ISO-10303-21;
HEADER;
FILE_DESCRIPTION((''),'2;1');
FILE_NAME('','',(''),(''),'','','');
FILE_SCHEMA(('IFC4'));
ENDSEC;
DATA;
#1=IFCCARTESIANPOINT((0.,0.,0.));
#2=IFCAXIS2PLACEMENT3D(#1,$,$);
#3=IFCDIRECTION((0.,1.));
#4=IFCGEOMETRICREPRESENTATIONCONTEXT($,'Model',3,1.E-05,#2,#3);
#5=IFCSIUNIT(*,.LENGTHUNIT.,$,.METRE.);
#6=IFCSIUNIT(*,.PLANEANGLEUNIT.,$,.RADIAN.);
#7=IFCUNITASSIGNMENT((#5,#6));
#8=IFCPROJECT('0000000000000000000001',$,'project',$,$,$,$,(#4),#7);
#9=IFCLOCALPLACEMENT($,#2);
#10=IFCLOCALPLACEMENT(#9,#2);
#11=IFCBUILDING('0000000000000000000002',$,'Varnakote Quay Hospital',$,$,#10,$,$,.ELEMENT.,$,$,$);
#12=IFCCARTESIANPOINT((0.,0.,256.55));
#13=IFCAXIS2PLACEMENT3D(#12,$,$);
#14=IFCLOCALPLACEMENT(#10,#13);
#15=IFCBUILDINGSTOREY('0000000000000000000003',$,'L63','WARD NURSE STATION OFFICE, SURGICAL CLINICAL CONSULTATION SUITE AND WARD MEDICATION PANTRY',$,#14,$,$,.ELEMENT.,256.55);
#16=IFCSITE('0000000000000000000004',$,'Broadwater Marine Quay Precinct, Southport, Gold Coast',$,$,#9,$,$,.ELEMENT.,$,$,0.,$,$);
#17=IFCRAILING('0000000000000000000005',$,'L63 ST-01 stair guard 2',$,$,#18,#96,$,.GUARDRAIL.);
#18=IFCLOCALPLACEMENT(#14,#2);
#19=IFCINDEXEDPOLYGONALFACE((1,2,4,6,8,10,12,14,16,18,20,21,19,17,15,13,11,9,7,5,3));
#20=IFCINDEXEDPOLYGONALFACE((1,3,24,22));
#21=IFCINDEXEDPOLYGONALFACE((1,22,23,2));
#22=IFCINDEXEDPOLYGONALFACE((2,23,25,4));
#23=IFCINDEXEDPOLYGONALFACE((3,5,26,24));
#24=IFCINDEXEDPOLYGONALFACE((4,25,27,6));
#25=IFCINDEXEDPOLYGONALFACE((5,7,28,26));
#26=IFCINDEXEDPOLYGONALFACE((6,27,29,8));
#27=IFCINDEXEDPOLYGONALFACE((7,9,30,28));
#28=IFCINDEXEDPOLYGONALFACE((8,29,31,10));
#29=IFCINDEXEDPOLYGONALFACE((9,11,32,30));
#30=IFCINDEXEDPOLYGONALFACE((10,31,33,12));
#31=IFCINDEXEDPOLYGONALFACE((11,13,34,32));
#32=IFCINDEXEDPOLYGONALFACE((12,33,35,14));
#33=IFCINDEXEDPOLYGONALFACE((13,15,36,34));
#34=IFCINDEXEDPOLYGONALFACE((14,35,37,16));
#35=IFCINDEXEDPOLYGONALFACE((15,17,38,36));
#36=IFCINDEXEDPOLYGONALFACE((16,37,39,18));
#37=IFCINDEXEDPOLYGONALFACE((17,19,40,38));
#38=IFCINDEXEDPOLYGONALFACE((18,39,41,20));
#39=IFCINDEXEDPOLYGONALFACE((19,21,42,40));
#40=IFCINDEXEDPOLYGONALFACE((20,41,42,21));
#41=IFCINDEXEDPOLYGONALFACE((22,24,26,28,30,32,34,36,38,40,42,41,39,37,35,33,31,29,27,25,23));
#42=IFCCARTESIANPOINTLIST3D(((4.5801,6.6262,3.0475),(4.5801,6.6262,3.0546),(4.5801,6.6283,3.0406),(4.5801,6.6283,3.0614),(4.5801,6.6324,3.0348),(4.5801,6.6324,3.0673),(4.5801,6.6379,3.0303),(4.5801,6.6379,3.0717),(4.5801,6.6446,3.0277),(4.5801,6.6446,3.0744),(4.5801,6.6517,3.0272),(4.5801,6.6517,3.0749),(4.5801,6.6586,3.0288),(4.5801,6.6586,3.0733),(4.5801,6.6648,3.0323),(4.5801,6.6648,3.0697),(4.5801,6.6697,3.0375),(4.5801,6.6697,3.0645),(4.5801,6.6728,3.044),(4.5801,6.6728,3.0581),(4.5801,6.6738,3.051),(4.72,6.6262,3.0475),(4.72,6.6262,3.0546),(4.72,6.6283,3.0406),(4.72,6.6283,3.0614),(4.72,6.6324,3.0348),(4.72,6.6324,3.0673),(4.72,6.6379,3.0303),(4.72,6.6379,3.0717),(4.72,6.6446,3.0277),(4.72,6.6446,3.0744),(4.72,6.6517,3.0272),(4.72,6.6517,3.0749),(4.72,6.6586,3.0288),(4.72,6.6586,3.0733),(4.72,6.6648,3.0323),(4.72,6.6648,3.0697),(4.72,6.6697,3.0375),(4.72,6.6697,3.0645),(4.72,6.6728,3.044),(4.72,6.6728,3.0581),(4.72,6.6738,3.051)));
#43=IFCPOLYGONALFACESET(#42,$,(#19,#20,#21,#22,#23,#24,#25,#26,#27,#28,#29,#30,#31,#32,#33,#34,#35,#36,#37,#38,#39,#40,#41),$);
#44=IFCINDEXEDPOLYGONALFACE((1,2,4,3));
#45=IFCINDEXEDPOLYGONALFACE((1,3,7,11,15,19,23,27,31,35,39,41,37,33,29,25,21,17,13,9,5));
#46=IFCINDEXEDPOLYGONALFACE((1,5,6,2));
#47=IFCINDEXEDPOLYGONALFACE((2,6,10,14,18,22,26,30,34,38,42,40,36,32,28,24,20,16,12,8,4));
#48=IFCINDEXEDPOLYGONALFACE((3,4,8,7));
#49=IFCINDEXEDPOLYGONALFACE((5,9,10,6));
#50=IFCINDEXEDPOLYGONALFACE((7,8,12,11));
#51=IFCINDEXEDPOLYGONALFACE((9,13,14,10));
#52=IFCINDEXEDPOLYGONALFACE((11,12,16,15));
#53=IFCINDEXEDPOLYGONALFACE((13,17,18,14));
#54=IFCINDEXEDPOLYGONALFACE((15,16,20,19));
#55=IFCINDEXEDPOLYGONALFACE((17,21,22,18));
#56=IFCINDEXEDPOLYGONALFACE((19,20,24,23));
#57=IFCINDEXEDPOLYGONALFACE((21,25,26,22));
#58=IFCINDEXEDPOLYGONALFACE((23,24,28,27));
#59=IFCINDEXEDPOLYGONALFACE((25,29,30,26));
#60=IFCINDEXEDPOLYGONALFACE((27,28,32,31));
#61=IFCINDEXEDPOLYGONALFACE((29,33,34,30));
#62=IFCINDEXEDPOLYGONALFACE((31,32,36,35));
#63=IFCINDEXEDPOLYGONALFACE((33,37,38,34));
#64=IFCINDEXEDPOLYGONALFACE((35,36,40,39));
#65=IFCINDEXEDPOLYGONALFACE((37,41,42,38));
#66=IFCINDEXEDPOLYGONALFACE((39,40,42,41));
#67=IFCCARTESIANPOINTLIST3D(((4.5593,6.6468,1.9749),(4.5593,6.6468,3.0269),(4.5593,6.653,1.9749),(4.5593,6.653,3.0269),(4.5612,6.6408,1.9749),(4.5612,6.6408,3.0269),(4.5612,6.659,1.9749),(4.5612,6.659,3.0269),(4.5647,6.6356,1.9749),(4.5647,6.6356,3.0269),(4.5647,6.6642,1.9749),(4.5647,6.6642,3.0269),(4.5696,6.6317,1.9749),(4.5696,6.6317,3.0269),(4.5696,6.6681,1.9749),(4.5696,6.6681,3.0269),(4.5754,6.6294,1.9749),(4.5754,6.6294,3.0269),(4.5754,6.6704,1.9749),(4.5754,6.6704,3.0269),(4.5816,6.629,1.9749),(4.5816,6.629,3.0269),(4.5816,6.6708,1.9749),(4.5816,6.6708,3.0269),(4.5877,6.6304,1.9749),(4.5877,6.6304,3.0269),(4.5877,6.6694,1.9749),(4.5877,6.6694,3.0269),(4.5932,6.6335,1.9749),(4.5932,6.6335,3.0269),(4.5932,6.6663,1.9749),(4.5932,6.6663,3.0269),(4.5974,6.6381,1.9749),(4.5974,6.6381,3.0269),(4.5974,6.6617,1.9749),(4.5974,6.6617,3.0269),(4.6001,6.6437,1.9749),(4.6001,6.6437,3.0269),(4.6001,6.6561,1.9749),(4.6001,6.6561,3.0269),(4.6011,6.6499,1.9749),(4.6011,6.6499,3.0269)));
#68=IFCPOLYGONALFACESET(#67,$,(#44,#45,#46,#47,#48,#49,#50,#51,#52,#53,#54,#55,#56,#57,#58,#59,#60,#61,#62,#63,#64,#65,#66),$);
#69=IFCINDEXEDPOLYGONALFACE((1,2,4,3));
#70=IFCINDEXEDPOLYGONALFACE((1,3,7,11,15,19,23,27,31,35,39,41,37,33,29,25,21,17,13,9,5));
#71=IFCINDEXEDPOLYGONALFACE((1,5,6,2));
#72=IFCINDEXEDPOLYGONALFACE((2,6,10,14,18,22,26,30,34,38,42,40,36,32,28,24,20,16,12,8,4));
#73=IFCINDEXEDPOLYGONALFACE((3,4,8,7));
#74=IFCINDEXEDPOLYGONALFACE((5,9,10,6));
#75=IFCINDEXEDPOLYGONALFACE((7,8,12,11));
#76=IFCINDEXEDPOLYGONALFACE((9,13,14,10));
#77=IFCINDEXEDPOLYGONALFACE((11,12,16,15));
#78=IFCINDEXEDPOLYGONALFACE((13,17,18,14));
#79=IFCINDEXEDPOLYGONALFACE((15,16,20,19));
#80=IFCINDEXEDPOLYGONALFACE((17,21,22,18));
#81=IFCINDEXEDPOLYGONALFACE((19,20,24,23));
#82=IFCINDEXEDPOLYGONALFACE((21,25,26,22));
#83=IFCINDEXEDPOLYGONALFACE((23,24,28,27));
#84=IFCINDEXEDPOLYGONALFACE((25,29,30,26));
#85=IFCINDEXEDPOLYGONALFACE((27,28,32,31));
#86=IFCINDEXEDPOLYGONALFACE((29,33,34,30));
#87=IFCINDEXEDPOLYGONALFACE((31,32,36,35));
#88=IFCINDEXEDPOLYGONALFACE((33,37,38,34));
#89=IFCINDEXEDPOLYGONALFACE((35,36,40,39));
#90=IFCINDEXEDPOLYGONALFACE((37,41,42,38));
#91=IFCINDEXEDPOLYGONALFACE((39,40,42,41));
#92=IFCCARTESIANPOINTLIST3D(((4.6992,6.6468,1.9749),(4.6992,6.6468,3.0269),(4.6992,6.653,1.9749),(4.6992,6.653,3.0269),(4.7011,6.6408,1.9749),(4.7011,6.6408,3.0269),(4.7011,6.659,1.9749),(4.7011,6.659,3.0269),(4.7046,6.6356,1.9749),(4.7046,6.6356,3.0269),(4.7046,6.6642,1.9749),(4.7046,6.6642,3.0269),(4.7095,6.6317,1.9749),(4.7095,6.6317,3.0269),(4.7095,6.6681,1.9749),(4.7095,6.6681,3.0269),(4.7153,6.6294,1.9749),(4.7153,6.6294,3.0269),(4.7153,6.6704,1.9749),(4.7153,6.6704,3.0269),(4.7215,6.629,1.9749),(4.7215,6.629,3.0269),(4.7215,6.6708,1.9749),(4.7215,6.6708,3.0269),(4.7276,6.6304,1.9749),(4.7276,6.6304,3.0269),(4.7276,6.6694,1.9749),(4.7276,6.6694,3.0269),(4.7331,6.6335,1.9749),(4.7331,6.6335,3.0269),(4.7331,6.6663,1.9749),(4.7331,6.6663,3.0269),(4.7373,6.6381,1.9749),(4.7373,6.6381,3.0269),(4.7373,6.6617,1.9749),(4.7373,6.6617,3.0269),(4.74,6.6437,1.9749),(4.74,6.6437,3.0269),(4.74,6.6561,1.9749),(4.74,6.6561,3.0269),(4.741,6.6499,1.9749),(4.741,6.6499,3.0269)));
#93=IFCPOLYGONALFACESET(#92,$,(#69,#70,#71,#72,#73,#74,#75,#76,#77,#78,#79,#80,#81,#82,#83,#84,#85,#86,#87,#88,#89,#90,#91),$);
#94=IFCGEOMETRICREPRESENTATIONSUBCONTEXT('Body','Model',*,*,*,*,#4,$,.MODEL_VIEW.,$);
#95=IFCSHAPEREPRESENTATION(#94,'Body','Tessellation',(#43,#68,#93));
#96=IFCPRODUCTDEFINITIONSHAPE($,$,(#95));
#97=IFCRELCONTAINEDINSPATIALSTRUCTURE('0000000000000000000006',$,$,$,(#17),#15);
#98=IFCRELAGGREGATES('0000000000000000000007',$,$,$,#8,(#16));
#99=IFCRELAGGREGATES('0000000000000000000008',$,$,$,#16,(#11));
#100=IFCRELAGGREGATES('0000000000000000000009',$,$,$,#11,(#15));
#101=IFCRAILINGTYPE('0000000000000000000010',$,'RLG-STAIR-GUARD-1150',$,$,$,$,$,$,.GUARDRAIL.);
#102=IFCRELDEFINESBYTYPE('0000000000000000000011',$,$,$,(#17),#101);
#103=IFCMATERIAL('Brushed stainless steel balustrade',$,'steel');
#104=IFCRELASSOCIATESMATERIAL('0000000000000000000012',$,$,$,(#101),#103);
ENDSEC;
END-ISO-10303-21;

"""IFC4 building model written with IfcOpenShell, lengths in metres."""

from ifc_helpers import new_model, si_unit, direction, frame, origin, origin_2d, place, context, subcontext, project, spatial, circle, extrude, material, type_object, element, save


model = new_model("IFC4")

# Units and contexts
model_context = context("Model", 3, precision=1e-05, world=origin(), true_north=direction((0.0, 1.0)))
body_context = subcontext(model_context, "Body", "Model", "MODEL_VIEW")
ifc_project = project(units=[si_unit("LENGTHUNIT", "METRE"), si_unit("PLANEANGLEUNIT", "RADIAN")], contexts=[model_context])

# Site, building, storey
site_placement = place(None, origin())
site = spatial("IfcSite", under=ifc_project, at=site_placement, Name="Broadwater Marine Quay Precinct, Southport, Gold Coast", CompositionType="ELEMENT", RefElevation=0.0)
building_placement = place(site_placement, origin())
building = spatial("IfcBuilding", under=site, at=building_placement, Name="Varnakote Quay Hospital", CompositionType="ELEMENT")
storey_placement = place(building_placement, frame((0.0, 0.0, 256.55)))
storey = spatial("IfcBuildingStorey", under=building, at=storey_placement, Name="L63", Description="WARD NURSE STATION OFFICE, SURGICAL CLINICAL CONSULTATION SUITE AND WARD MEDICATION PANTRY", CompositionType="ELEMENT", Elevation=256.55)

# Railing
ifc_material_1 = material(Name="Brushed stainless steel balustrade", Category="steel")
railing_type_1 = type_object("IfcRailingType", Name="RLG-STAIR-GUARD-1150", PredefinedType="GUARDRAIL", material=ifc_material_1)
railing_1_placement = place(storey_placement, frame((4.5801, 6.6499, 1.9749)))
element("IfcRailing", 1, at=railing_1_placement, inside=storey, type_object=railing_type_1, Name="L63 ST-01 stair guard 2", PredefinedType="GUARDRAIL", context=body_context, shape_type="SweptSolid", body=[
    extrude(circle(Radius=0.0239, at=origin_2d()), frame((0.0, 0.0, 1.0762), z_axis=(1.0, 0.0, 0.0), x_axis=(0.0, 1.0, 0.0)), (0.0, 0.0, 1.0), 0.1399),
    extrude(circle(Radius=0.021, at=origin_2d()), origin(), (0.0, 0.0, 1.0), 1.052),
    extrude(circle(Radius=0.021, at=origin_2d()), frame((0.1399, 0.0, 0.0)), (0.0, 0.0, 1.0), 1.052),
])

save(model, "model.ifc")
